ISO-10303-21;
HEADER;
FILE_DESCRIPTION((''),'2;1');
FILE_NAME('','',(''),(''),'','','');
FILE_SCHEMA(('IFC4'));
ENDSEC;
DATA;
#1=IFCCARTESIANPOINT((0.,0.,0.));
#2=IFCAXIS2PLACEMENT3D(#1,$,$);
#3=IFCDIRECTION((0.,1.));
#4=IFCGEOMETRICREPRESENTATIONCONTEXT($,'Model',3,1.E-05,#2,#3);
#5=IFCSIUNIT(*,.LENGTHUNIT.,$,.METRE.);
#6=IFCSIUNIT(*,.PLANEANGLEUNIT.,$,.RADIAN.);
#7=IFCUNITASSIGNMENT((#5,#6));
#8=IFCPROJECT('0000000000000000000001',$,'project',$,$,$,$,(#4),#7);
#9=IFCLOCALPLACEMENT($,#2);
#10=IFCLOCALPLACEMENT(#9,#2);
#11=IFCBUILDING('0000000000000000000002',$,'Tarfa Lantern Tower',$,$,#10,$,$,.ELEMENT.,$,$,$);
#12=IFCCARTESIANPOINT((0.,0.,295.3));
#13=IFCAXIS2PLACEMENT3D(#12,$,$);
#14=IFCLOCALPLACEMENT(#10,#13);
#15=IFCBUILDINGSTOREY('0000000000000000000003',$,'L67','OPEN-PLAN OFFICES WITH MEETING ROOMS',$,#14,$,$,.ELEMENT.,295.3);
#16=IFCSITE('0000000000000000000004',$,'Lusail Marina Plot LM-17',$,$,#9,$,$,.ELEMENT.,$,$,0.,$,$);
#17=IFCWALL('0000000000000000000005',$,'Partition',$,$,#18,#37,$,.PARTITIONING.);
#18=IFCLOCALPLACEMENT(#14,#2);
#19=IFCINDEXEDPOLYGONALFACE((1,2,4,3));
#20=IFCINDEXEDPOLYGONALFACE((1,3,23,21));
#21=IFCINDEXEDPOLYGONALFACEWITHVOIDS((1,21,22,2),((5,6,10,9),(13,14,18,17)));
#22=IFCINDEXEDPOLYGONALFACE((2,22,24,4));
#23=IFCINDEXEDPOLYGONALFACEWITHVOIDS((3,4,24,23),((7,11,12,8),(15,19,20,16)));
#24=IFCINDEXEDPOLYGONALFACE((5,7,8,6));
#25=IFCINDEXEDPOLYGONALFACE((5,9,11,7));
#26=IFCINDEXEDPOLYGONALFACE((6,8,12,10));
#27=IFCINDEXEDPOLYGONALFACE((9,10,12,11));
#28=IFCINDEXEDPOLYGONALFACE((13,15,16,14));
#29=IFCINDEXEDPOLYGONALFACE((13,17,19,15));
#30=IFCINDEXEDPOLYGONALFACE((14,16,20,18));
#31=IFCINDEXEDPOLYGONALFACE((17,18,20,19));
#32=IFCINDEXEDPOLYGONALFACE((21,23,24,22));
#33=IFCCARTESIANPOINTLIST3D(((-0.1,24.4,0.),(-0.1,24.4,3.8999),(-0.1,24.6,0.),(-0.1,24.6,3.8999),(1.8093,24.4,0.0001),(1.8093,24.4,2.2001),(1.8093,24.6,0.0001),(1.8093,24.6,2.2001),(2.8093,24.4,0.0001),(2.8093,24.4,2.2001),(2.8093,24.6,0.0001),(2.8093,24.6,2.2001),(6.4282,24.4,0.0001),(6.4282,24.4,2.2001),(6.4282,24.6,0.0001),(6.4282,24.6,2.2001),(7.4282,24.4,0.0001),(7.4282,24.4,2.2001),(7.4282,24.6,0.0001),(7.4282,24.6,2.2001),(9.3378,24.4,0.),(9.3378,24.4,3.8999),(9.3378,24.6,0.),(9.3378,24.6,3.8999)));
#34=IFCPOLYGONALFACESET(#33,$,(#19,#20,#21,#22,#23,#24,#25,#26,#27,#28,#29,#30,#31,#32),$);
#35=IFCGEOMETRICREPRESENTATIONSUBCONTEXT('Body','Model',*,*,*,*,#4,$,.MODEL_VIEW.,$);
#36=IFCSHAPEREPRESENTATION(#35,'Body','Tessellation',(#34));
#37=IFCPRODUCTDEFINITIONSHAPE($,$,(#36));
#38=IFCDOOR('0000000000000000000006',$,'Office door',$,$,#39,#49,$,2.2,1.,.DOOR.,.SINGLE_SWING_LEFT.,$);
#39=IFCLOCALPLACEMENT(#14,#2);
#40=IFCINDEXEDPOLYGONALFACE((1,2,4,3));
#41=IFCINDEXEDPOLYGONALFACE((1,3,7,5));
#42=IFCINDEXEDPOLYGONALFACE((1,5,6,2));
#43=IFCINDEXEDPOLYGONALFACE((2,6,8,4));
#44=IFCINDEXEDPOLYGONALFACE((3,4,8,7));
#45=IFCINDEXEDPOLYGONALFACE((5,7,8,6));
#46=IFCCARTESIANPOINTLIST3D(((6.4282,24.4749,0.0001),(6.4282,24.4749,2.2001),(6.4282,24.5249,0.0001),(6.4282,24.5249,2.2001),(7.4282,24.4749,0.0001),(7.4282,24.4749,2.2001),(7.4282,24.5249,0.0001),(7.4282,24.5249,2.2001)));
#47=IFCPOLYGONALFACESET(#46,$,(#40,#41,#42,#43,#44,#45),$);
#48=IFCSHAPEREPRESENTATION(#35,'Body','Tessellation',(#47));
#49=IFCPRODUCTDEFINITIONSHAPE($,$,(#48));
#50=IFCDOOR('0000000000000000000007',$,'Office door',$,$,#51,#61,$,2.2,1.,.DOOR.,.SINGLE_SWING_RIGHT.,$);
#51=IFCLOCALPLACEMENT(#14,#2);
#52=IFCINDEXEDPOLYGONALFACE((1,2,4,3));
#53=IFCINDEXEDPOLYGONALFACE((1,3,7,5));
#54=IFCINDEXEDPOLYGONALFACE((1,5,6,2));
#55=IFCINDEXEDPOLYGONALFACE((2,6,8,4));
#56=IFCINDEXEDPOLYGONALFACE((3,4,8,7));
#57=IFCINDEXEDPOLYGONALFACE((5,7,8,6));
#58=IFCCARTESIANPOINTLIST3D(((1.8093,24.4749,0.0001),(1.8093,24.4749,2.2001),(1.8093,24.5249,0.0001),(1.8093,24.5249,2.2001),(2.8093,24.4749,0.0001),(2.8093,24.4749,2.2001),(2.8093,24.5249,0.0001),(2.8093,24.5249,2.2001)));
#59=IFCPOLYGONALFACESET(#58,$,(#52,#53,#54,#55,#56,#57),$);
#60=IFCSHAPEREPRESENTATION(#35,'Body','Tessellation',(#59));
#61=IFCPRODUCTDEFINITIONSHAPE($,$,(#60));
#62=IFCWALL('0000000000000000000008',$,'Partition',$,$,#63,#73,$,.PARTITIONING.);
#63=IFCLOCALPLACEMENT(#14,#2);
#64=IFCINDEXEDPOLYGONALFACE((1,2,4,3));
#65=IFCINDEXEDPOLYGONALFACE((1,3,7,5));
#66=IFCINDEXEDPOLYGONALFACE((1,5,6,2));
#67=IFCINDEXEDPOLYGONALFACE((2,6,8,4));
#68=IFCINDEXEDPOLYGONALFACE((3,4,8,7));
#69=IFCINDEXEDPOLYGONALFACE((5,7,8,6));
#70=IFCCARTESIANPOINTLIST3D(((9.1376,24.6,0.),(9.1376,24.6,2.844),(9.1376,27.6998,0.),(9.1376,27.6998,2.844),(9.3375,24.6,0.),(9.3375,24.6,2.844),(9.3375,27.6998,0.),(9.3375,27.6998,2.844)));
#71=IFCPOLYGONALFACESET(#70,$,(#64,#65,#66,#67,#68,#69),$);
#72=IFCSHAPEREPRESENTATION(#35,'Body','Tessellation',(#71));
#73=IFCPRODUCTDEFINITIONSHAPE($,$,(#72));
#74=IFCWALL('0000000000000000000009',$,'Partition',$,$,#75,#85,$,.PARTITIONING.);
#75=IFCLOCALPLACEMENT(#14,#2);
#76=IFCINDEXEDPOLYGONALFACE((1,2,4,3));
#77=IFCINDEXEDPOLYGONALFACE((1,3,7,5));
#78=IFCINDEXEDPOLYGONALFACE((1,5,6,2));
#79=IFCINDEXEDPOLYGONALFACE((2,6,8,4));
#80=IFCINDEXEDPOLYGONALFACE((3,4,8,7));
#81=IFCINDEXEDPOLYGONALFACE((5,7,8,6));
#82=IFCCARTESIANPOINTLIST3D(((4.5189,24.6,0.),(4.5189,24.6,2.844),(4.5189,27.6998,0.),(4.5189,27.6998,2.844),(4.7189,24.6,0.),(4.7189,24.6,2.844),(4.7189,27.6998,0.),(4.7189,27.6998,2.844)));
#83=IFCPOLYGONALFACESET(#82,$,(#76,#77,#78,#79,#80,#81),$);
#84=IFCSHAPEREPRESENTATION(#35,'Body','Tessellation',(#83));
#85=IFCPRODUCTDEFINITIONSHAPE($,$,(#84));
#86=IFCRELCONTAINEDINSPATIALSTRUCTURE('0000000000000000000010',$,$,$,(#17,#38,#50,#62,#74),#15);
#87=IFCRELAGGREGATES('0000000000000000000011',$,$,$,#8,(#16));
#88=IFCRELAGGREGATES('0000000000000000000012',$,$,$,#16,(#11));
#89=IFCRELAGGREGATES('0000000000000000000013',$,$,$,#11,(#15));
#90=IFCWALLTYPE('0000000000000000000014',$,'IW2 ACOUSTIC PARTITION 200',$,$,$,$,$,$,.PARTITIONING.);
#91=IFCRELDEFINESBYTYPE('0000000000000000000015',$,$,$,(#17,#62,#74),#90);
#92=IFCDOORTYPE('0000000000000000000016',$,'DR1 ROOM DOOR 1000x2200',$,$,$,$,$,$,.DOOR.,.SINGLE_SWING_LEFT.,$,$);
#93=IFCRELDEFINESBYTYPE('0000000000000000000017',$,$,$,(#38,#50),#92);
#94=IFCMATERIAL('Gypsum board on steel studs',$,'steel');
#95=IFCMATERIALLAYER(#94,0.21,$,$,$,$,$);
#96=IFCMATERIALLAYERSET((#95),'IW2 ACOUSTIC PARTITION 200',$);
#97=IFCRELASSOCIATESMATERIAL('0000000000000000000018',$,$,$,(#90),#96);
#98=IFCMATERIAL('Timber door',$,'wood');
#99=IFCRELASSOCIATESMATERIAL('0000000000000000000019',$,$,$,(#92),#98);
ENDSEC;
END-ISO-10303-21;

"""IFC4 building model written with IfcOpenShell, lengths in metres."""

from ifc_helpers import new_model, si_unit, direction, frame, frame_2d, origin, place, context, subcontext, project, spatial, rectangle, extrude, material, layer, layer_set, type_object, element, fill, save


model = new_model("IFC4")

# Units and contexts
model_context = context("Model", 3, precision=1e-05, world=origin(), true_north=direction((0.0, 1.0)))
body_context = subcontext(model_context, "Body", "Model", "MODEL_VIEW")
ifc_project = project(units=[si_unit("LENGTHUNIT", "METRE"), si_unit("PLANEANGLEUNIT", "RADIAN")], contexts=[model_context])

# Site, building, storey
site_placement = place(None, origin())
site = spatial("IfcSite", under=ifc_project, at=site_placement, Name="Lusail Marina Plot LM-17", CompositionType="ELEMENT", RefElevation=0.0)
building_placement = place(site_placement, origin())
building = spatial("IfcBuilding", under=site, at=building_placement, Name="Tarfa Lantern Tower", CompositionType="ELEMENT")
storey_placement = place(building_placement, frame((0.0, 0.0, 295.3)))
storey = spatial("IfcBuildingStorey", under=building, at=storey_placement, Name="L67", Description="OPEN-PLAN OFFICES WITH MEETING ROOMS", CompositionType="ELEMENT", Elevation=295.3)

# Wall, openings, doors
ifc_material_1 = material(Name="Gypsum board on steel studs", Category="steel")
ifc_layer_1 = layer(ifc_material_1, 0.21)
ifc_layer_set_1 = layer_set([ifc_layer_1], Name="IW2 ACOUSTIC PARTITION 200")
wall_type_1 = type_object("IfcWallType", Name="IW2 ACOUSTIC PARTITION 200", PredefinedType="PARTITIONING", material=ifc_layer_set_1)
wall_1_placement = place(storey_placement, frame((9.3376, 24.5, 0.0), z_axis=(0.0, 0.0, 1.0), x_axis=(-1.0, 0.0, 0.0)))
wall_1 = element("IfcWall", 1, at=wall_1_placement, inside=storey, type_object=wall_type_1, Name="Partition", PredefinedType="PARTITIONING", context=body_context, shape_type="SweptSolid", body=[
    extrude(rectangle(XDim=9.4377, YDim=0.2, at=frame_2d((4.7188, 0.0))), origin(), (0.0, 0.0, 1.0), 3.8999),
])
opening_1_placement = place(wall_1_placement, frame((1.9094, 0.0, 0.0)))
opening_1 = element("IfcOpeningElement", 2, at=opening_1_placement, cuts=wall_1, PredefinedType="OPENING", context=body_context, shape_type="SweptSolid", body=[
    extrude(rectangle(XDim=1.0, YDim=2.2, at=frame_2d((0.5, 1.1001))), frame((0.0, 0.1099, 0.0), z_axis=(0.0, -1.0, 0.0), x_axis=(1.0, 0.0, 0.0)), (0.0, 0.0, 1.0), 0.22),
])
opening_2_placement = place(wall_1_placement, frame((6.5283, 0.0, 0.0)))
opening_2 = element("IfcOpeningElement", 3, at=opening_2_placement, cuts=wall_1, PredefinedType="OPENING", context=body_context, shape_type="SweptSolid", body=[
    extrude(rectangle(XDim=1.0, YDim=2.2, at=frame_2d((0.5, 1.1001))), frame((0.0, 0.1099, 0.0), z_axis=(0.0, -1.0, 0.0), x_axis=(1.0, 0.0, 0.0)), (0.0, 0.0, 1.0), 0.22),
])
ifc_material_2 = material(Name="Timber door", Category="wood")
door_type = type_object("IfcDoorType", Name="DR1 ROOM DOOR 1000x2200", OperationType="SINGLE_SWING_LEFT", PredefinedType="DOOR", material=ifc_material_2)
door_1_placement = place(opening_1_placement, frame((1.0, 0.0, 0.0), z_axis=(0.0, 0.0, 1.0), x_axis=(-1.0, 0.0, 0.0)))
door_1 = element("IfcDoor", 4, at=door_1_placement, inside=storey, type_object=door_type, Name="Office door", OperationType="SINGLE_SWING_LEFT", OverallHeight=2.2, OverallWidth=1.0, PredefinedType="DOOR", context=body_context, shape_type="SweptSolid", body=[
    extrude(rectangle(XDim=1.0, YDim=2.2, at=frame_2d((0.5, 1.1001))), frame((0.0, 0.0249, 0.0), z_axis=(0.0, -1.0, 0.0), x_axis=(1.0, 0.0, 0.0)), (0.0, 0.0, 1.0), 0.05),
])
fill(opening_1, door_1)
door_2_placement = place(opening_2_placement, frame((1.0, 0.0, 0.0), z_axis=(0.0, 0.0, 1.0), x_axis=(-1.0, 0.0, 0.0)))
door_2 = element("IfcDoor", 5, at=door_2_placement, inside=storey, type_object=door_type, Name="Office door", OperationType="SINGLE_SWING_RIGHT", OverallHeight=2.2, OverallWidth=1.0, PredefinedType="DOOR", context=body_context, shape_type="SweptSolid", body=[
    extrude(rectangle(XDim=1.0, YDim=2.2, at=frame_2d((0.5, 1.1001))), frame((0.0, 0.0249, 0.0), z_axis=(0.0, -1.0, 0.0), x_axis=(1.0, 0.0, 0.0)), (0.0, 0.0, 1.0), 0.05),
])
fill(opening_2, door_2)

# Walls
for number, where, z_axis, x_axis, name in (
    (6, (9.2375, 24.6001, 0.0), (0.0, 0.0, 1.0), (0.0, 1.0, 0.0), "Partition"),
    (7, (4.6189, 24.6001, 0.0), (0.0, 0.0, 1.0), (0.0, 1.0, 0.0), "Partition"),
):
    element("IfcWall", number, at=place(storey_placement, frame(where, z_axis=z_axis, x_axis=x_axis)), inside=storey, type_object=wall_type_1, Name=name, PredefinedType="PARTITIONING", context=body_context, shape_type="SweptSolid", body=[
        extrude(rectangle(XDim=3.0999, YDim=0.2, at=frame_2d((1.5498, 0.0))), origin(), (0.0, 0.0, 1.0), 2.844),
    ])

save(model, "model.ifc")
